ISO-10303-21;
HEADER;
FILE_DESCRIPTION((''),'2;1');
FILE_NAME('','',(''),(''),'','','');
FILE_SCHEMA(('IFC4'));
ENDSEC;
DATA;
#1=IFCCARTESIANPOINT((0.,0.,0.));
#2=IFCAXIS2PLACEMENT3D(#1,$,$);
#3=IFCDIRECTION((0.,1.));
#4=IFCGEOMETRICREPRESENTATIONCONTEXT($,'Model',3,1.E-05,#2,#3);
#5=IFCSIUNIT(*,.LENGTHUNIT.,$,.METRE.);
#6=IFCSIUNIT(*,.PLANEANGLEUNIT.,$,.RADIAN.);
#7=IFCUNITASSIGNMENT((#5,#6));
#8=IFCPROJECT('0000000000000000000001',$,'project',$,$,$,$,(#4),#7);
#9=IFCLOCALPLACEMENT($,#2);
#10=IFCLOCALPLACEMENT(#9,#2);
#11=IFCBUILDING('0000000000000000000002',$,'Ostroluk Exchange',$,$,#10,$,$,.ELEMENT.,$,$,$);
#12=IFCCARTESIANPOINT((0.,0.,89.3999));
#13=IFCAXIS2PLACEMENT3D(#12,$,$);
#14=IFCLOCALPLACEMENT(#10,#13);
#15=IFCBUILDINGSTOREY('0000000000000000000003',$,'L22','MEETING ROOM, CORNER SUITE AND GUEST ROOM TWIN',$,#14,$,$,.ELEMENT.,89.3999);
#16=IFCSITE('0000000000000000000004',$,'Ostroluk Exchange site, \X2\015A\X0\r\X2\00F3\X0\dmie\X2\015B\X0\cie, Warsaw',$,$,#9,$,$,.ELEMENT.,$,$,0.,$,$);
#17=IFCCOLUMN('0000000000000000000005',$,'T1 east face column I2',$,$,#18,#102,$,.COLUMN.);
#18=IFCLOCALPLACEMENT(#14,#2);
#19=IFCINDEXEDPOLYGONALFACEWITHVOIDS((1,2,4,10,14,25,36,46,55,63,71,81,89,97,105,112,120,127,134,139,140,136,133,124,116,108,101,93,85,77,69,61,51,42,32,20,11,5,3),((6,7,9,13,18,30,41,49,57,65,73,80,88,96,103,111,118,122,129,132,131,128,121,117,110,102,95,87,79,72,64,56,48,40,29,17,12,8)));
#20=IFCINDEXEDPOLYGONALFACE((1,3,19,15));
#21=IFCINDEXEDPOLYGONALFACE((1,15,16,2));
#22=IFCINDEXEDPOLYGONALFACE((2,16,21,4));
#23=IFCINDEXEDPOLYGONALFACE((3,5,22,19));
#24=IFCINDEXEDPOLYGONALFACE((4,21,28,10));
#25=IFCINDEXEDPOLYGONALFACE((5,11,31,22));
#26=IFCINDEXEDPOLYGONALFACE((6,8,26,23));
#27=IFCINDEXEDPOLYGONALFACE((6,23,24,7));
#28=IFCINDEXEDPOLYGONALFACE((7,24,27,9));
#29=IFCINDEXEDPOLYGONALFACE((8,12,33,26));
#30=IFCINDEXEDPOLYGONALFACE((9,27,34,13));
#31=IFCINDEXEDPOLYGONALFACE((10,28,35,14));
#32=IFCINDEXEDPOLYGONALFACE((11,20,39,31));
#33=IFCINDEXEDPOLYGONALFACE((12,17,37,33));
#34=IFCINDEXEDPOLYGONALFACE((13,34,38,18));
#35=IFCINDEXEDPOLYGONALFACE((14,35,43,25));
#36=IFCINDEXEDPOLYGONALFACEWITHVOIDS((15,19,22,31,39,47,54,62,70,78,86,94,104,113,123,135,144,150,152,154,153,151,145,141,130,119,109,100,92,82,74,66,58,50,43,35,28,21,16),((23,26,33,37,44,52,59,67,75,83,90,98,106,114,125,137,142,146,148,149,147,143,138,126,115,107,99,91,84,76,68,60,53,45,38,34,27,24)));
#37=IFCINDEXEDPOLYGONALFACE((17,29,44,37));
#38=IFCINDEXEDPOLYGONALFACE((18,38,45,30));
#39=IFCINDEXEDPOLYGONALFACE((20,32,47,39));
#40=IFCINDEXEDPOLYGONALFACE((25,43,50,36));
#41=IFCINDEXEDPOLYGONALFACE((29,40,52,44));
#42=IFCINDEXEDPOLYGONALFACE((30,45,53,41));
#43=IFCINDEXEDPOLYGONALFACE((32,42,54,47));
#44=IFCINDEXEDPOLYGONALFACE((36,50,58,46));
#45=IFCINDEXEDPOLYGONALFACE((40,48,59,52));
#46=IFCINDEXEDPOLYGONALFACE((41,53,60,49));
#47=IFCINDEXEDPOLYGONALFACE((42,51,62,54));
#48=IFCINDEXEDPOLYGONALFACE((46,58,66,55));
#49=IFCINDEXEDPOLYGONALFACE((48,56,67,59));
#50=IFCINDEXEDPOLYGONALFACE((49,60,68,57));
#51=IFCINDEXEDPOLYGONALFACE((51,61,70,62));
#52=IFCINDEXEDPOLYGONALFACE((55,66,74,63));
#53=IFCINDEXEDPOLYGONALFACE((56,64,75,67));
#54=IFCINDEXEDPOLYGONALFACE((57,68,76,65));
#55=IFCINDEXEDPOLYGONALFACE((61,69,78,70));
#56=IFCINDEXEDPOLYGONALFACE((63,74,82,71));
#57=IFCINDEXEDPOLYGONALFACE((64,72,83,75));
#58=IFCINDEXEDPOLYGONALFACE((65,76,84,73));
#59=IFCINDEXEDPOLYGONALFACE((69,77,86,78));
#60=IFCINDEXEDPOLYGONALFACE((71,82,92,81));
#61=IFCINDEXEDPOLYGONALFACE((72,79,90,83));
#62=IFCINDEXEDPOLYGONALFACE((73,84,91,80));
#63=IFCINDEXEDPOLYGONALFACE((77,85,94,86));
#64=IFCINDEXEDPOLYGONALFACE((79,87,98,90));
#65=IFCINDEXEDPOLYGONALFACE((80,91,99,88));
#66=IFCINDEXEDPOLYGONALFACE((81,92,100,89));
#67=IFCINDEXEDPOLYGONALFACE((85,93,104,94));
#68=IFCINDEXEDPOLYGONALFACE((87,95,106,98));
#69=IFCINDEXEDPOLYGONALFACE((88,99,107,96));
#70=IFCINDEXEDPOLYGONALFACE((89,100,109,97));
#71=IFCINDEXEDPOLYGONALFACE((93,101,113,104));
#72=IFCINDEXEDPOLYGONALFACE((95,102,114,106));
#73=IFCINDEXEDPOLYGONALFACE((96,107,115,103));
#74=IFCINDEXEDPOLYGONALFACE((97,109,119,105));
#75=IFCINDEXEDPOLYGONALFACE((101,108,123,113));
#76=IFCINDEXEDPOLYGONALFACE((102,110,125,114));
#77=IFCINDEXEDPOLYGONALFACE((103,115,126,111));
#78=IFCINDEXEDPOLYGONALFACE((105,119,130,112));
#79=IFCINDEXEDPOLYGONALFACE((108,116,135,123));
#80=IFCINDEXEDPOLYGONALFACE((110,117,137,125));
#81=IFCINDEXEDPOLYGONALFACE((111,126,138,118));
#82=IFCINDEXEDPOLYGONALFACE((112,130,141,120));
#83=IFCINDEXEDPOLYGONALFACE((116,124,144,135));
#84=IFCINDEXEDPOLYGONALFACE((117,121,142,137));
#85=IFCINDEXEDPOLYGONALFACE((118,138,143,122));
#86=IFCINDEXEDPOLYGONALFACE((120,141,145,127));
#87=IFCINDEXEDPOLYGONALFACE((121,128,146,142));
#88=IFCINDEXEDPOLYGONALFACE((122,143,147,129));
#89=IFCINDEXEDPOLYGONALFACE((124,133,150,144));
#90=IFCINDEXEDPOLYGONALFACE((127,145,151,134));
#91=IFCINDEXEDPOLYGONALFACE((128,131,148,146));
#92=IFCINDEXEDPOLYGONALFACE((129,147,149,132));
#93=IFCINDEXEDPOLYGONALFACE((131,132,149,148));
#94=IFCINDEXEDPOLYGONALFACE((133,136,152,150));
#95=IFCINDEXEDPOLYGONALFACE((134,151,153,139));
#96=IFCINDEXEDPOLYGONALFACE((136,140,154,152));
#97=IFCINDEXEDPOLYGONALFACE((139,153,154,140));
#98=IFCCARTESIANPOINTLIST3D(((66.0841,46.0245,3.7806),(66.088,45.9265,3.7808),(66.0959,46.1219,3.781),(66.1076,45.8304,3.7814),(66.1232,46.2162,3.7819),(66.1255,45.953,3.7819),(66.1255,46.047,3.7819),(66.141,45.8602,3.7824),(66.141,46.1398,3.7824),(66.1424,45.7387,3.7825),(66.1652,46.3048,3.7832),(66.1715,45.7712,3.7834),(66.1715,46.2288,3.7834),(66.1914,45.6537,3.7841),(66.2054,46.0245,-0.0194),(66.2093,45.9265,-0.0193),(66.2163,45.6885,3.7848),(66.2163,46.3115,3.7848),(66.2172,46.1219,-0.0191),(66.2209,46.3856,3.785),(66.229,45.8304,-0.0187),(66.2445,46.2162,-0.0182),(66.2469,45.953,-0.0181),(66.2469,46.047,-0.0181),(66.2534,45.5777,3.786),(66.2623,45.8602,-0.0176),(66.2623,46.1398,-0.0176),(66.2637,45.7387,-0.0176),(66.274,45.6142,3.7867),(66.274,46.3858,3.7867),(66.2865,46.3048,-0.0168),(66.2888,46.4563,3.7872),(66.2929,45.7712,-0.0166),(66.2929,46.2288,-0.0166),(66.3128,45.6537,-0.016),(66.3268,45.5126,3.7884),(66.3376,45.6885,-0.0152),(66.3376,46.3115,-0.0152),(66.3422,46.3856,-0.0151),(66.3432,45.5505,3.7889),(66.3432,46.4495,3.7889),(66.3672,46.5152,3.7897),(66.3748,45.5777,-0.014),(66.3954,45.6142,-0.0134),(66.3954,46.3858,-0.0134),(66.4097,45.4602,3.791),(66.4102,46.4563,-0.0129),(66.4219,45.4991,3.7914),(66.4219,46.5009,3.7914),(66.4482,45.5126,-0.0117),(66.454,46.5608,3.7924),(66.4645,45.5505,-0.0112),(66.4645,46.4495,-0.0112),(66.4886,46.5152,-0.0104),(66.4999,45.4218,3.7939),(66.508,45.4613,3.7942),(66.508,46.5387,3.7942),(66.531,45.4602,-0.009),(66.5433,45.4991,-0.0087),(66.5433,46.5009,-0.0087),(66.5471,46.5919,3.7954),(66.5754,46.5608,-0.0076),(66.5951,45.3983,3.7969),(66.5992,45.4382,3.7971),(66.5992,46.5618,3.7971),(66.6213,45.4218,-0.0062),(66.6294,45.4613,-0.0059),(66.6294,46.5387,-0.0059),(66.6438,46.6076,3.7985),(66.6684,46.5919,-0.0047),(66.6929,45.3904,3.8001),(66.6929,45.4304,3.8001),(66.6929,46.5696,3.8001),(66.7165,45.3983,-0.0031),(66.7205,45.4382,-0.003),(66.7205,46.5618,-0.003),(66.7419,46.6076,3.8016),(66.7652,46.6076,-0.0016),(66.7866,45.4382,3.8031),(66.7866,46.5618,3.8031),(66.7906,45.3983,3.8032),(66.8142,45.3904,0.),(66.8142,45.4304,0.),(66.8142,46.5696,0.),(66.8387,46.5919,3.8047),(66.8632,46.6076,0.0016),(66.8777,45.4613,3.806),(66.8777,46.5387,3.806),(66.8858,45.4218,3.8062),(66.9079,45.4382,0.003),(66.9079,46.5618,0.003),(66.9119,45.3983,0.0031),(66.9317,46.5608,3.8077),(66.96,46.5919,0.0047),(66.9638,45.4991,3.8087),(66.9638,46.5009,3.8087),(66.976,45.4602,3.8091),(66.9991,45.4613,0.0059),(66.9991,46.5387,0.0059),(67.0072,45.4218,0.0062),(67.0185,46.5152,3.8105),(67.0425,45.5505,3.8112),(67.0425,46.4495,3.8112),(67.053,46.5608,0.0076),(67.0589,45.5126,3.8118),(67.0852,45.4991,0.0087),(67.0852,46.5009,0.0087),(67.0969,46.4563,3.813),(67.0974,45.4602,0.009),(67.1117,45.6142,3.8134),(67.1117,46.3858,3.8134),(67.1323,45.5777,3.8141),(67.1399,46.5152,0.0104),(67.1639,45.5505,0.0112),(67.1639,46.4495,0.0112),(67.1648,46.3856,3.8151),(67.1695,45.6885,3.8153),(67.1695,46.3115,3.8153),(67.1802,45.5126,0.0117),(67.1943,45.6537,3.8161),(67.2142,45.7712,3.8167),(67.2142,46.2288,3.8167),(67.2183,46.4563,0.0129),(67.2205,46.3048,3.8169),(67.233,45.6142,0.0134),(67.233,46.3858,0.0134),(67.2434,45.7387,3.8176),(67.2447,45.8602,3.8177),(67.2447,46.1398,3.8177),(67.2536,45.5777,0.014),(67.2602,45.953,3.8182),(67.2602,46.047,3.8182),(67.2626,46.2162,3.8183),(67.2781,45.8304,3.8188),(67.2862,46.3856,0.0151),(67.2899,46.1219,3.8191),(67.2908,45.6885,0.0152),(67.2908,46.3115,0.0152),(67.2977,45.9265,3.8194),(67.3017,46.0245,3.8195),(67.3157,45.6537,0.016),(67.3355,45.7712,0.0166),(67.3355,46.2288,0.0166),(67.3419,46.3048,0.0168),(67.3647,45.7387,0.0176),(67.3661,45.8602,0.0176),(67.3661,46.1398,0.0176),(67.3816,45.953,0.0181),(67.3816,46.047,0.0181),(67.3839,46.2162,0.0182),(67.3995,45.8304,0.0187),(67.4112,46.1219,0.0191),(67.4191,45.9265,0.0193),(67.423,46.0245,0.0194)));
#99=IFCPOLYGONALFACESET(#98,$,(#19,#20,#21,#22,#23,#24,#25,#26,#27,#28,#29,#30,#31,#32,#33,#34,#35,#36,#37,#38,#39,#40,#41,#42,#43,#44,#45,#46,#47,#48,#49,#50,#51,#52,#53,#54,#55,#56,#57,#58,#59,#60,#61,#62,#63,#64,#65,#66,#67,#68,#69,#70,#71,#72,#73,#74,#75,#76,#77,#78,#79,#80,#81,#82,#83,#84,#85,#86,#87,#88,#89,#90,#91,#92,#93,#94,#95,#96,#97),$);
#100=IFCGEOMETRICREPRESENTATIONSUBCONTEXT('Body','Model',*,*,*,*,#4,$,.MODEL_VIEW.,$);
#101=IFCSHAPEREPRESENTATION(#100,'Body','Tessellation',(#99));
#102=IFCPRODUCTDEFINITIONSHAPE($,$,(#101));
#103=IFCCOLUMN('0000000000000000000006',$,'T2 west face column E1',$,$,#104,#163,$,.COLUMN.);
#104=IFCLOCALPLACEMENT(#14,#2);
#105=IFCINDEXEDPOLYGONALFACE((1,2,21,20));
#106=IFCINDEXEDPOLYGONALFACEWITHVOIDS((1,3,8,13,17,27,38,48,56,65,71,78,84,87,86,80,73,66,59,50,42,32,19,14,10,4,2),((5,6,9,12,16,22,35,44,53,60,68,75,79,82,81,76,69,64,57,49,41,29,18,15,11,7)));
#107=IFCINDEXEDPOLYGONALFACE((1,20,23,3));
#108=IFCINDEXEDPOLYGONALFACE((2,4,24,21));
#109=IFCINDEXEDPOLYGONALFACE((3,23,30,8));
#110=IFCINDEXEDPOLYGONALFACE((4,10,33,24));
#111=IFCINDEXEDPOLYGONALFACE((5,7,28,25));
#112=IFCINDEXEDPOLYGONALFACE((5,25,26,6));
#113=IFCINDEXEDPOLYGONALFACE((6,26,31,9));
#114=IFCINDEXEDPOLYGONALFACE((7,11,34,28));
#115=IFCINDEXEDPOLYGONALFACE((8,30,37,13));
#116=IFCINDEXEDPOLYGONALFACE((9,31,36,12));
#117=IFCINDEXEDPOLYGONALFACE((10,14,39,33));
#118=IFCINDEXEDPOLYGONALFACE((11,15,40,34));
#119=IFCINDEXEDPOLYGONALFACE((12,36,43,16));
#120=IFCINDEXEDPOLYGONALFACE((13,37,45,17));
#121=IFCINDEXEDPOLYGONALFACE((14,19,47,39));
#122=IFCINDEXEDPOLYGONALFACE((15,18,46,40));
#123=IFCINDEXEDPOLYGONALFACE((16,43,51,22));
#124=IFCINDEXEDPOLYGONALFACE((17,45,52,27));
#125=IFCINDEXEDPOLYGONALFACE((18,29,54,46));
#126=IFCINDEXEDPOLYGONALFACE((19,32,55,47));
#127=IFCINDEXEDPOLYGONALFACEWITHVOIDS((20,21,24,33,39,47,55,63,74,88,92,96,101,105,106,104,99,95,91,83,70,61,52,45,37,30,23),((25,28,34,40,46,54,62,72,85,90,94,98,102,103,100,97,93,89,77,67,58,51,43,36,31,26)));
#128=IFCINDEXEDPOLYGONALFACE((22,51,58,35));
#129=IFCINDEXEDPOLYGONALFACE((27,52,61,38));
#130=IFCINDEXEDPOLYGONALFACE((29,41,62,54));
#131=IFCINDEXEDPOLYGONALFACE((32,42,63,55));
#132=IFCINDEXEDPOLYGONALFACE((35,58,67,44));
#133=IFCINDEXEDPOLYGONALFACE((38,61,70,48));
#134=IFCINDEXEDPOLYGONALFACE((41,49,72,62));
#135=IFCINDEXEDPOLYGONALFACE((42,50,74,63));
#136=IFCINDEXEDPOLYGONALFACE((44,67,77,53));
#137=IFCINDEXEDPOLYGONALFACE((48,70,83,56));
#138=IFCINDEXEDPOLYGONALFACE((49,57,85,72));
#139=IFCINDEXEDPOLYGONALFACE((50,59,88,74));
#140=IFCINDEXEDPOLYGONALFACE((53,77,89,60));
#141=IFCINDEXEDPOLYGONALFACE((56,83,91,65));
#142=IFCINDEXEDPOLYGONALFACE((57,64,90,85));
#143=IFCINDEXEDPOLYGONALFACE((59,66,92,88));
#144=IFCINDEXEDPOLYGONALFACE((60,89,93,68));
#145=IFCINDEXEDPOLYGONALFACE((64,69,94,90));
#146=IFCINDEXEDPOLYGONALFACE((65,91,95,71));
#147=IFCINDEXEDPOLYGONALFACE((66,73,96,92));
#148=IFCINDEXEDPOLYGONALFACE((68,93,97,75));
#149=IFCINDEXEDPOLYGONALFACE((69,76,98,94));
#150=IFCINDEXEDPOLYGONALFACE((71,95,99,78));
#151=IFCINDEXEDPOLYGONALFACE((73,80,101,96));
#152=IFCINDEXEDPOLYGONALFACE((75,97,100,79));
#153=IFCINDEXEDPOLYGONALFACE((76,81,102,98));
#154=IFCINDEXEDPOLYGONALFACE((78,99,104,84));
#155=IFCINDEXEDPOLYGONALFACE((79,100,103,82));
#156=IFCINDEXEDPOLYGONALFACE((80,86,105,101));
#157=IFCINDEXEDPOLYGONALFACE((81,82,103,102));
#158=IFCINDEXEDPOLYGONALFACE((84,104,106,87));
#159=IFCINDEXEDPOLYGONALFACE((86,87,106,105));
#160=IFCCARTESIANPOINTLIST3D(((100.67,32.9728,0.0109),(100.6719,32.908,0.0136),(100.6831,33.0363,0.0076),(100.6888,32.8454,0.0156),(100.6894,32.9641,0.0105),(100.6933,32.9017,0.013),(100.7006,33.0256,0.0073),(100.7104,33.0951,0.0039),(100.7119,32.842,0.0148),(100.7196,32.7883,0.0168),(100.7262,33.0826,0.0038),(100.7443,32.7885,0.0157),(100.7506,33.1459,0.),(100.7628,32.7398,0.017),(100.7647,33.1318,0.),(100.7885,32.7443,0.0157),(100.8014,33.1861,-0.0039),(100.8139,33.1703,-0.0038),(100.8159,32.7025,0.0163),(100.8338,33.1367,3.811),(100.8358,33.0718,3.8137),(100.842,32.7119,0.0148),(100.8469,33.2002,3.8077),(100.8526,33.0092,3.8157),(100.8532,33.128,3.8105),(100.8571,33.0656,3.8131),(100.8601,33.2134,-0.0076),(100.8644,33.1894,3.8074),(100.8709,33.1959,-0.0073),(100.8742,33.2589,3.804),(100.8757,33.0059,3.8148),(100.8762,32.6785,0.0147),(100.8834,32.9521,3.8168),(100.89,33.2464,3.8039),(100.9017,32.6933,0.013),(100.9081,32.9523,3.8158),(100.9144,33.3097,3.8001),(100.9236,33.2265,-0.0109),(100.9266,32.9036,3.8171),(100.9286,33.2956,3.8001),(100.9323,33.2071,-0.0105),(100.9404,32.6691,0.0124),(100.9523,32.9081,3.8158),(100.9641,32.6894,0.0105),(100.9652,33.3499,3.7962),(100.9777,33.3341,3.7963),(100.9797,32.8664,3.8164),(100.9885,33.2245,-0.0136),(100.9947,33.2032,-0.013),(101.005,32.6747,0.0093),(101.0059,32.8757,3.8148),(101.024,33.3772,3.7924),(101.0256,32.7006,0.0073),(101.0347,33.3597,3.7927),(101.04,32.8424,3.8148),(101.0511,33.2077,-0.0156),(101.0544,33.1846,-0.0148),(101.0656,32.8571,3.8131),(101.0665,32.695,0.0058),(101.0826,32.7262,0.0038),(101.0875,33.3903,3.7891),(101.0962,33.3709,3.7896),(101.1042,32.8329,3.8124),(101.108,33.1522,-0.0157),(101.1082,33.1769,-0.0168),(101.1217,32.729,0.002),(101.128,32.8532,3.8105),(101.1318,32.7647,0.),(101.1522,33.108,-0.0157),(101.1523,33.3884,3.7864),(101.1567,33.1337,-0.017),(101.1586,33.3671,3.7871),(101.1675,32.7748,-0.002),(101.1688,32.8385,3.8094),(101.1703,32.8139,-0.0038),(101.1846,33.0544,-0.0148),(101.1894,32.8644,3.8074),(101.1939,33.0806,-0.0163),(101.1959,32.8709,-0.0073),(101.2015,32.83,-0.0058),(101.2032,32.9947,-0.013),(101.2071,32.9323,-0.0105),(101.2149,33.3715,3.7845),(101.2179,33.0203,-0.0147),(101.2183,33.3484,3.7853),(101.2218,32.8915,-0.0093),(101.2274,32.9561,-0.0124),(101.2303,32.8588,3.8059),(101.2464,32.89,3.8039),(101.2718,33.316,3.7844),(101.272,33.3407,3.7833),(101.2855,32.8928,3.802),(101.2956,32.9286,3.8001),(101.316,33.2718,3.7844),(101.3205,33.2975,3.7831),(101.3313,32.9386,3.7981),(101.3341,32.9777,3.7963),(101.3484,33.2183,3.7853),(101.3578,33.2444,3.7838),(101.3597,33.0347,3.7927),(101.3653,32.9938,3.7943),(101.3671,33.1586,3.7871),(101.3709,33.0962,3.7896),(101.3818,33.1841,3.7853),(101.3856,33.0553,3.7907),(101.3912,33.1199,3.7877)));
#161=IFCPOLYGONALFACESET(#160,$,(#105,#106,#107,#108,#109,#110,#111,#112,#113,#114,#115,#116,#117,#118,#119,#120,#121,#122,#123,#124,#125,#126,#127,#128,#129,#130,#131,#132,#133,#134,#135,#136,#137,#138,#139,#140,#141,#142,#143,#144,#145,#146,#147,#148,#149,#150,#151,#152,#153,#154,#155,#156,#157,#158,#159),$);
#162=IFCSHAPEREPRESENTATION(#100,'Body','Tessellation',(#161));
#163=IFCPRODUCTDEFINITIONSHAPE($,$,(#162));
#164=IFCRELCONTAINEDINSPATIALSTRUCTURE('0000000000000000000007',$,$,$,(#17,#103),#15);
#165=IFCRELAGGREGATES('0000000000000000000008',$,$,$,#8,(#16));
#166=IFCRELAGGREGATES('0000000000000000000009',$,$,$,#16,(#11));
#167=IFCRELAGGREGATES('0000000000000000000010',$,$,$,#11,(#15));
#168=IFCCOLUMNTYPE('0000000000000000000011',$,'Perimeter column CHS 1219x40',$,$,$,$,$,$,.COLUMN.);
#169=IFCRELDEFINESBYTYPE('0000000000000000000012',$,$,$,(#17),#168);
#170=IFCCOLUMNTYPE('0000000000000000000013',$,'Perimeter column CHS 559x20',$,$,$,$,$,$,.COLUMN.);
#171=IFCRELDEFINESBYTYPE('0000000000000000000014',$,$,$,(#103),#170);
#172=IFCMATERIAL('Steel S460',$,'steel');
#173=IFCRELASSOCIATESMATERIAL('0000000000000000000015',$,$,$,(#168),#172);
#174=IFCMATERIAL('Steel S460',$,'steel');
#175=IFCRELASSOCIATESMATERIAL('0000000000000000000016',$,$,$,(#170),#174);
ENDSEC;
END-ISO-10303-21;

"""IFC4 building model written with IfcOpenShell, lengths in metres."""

from ifc_helpers import new_model, si_unit, direction, frame, origin, origin_2d, place, context, subcontext, project, spatial, hollow_circle, extrude, material, material_profile, profile_set, type_object, element, save


model = new_model("IFC4")

# Units and contexts
model_context = context("Model", 3, precision=1e-05, world=origin(), true_north=direction((0.0, 1.0)))
body_context = subcontext(model_context, "Body", "Model", "MODEL_VIEW")
ifc_project = project(units=[si_unit("LENGTHUNIT", "METRE"), si_unit("PLANEANGLEUNIT", "RADIAN")], contexts=[model_context])

# Site, building, storey
site_placement = place(None, origin())
site = spatial("IfcSite", under=ifc_project, at=site_placement, Name="Ostroluk Exchange site, Śródmieście, Warsaw", CompositionType="ELEMENT", RefElevation=0.0)
building_placement = place(site_placement, origin())
building = spatial("IfcBuilding", under=site, at=building_placement, Name="Ostroluk Exchange", CompositionType="ELEMENT")
storey_placement = place(building_placement, frame((0.0, 0.0, 89.3999)))
storey = spatial("IfcBuildingStorey", under=building, at=storey_placement, Name="L22", Description="MEETING ROOM, CORNER SUITE AND GUEST ROOM TWIN", CompositionType="ELEMENT", Elevation=89.3999)

# Columns
ifc_material_1 = material(Name="Steel S460", Category="steel")
ifc_material_profile_1 = material_profile(ifc_material_1, hollow_circle(Radius=0.6096, WallThickness=0.04, at=origin_2d()), Name="CHS 1219x40")
ifc_profile_set_1 = profile_set([ifc_material_profile_1], Name="Steel S460")
column_type_1 = type_object("IfcColumnType", Name="Perimeter column CHS 1219x40", PredefinedType="COLUMN", material=ifc_profile_set_1)
column_1_placement = place(storey_placement, frame((66.8142, 46.0, 0.0), z_axis=(-0.031914, 0.0, 0.999491), x_axis=(0.0, -1.0, 0.0)))
element("IfcColumn", 1, at=column_1_placement, inside=storey, type_object=column_type_1, Name="T1 east face column I2", PredefinedType="COLUMN", context=body_context, shape_type="SweptSolid", body=[
    extrude(hollow_circle(Radius=0.6096, WallThickness=0.04, at=origin_2d()), origin(), (0.0, 0.0, 1.0), 3.802),
])
ifc_material_2 = material(Name="Steel S460", Category="steel")
ifc_material_profile_2 = material_profile(ifc_material_2, hollow_circle(Radius=0.2795, WallThickness=0.02, at=origin_2d()), Name="CHS 559x20")
ifc_profile_set_2 = profile_set([ifc_material_profile_2], Name="Steel S460")
column_type_2 = type_object("IfcColumnType", Name="Perimeter column CHS 559x20", PredefinedType="COLUMN", material=ifc_profile_set_2)
column_2_placement = place(storey_placement, frame((100.9482, 32.9482, 0.0), z_axis=(0.04303, 0.04303, 0.998147), x_axis=(-0.707107, 0.707107, 0.0)))
element("IfcColumn", 2, at=column_2_placement, inside=storey, type_object=column_type_2, Name="T2 west face column E1", PredefinedType="COLUMN", context=body_context, shape_type="SweptSolid", body=[
    extrude(hollow_circle(Radius=0.2795, WallThickness=0.02, at=origin_2d()), origin(), (0.0, 0.0, 1.0), 3.8071),
])

save(model, "model.ifc")
